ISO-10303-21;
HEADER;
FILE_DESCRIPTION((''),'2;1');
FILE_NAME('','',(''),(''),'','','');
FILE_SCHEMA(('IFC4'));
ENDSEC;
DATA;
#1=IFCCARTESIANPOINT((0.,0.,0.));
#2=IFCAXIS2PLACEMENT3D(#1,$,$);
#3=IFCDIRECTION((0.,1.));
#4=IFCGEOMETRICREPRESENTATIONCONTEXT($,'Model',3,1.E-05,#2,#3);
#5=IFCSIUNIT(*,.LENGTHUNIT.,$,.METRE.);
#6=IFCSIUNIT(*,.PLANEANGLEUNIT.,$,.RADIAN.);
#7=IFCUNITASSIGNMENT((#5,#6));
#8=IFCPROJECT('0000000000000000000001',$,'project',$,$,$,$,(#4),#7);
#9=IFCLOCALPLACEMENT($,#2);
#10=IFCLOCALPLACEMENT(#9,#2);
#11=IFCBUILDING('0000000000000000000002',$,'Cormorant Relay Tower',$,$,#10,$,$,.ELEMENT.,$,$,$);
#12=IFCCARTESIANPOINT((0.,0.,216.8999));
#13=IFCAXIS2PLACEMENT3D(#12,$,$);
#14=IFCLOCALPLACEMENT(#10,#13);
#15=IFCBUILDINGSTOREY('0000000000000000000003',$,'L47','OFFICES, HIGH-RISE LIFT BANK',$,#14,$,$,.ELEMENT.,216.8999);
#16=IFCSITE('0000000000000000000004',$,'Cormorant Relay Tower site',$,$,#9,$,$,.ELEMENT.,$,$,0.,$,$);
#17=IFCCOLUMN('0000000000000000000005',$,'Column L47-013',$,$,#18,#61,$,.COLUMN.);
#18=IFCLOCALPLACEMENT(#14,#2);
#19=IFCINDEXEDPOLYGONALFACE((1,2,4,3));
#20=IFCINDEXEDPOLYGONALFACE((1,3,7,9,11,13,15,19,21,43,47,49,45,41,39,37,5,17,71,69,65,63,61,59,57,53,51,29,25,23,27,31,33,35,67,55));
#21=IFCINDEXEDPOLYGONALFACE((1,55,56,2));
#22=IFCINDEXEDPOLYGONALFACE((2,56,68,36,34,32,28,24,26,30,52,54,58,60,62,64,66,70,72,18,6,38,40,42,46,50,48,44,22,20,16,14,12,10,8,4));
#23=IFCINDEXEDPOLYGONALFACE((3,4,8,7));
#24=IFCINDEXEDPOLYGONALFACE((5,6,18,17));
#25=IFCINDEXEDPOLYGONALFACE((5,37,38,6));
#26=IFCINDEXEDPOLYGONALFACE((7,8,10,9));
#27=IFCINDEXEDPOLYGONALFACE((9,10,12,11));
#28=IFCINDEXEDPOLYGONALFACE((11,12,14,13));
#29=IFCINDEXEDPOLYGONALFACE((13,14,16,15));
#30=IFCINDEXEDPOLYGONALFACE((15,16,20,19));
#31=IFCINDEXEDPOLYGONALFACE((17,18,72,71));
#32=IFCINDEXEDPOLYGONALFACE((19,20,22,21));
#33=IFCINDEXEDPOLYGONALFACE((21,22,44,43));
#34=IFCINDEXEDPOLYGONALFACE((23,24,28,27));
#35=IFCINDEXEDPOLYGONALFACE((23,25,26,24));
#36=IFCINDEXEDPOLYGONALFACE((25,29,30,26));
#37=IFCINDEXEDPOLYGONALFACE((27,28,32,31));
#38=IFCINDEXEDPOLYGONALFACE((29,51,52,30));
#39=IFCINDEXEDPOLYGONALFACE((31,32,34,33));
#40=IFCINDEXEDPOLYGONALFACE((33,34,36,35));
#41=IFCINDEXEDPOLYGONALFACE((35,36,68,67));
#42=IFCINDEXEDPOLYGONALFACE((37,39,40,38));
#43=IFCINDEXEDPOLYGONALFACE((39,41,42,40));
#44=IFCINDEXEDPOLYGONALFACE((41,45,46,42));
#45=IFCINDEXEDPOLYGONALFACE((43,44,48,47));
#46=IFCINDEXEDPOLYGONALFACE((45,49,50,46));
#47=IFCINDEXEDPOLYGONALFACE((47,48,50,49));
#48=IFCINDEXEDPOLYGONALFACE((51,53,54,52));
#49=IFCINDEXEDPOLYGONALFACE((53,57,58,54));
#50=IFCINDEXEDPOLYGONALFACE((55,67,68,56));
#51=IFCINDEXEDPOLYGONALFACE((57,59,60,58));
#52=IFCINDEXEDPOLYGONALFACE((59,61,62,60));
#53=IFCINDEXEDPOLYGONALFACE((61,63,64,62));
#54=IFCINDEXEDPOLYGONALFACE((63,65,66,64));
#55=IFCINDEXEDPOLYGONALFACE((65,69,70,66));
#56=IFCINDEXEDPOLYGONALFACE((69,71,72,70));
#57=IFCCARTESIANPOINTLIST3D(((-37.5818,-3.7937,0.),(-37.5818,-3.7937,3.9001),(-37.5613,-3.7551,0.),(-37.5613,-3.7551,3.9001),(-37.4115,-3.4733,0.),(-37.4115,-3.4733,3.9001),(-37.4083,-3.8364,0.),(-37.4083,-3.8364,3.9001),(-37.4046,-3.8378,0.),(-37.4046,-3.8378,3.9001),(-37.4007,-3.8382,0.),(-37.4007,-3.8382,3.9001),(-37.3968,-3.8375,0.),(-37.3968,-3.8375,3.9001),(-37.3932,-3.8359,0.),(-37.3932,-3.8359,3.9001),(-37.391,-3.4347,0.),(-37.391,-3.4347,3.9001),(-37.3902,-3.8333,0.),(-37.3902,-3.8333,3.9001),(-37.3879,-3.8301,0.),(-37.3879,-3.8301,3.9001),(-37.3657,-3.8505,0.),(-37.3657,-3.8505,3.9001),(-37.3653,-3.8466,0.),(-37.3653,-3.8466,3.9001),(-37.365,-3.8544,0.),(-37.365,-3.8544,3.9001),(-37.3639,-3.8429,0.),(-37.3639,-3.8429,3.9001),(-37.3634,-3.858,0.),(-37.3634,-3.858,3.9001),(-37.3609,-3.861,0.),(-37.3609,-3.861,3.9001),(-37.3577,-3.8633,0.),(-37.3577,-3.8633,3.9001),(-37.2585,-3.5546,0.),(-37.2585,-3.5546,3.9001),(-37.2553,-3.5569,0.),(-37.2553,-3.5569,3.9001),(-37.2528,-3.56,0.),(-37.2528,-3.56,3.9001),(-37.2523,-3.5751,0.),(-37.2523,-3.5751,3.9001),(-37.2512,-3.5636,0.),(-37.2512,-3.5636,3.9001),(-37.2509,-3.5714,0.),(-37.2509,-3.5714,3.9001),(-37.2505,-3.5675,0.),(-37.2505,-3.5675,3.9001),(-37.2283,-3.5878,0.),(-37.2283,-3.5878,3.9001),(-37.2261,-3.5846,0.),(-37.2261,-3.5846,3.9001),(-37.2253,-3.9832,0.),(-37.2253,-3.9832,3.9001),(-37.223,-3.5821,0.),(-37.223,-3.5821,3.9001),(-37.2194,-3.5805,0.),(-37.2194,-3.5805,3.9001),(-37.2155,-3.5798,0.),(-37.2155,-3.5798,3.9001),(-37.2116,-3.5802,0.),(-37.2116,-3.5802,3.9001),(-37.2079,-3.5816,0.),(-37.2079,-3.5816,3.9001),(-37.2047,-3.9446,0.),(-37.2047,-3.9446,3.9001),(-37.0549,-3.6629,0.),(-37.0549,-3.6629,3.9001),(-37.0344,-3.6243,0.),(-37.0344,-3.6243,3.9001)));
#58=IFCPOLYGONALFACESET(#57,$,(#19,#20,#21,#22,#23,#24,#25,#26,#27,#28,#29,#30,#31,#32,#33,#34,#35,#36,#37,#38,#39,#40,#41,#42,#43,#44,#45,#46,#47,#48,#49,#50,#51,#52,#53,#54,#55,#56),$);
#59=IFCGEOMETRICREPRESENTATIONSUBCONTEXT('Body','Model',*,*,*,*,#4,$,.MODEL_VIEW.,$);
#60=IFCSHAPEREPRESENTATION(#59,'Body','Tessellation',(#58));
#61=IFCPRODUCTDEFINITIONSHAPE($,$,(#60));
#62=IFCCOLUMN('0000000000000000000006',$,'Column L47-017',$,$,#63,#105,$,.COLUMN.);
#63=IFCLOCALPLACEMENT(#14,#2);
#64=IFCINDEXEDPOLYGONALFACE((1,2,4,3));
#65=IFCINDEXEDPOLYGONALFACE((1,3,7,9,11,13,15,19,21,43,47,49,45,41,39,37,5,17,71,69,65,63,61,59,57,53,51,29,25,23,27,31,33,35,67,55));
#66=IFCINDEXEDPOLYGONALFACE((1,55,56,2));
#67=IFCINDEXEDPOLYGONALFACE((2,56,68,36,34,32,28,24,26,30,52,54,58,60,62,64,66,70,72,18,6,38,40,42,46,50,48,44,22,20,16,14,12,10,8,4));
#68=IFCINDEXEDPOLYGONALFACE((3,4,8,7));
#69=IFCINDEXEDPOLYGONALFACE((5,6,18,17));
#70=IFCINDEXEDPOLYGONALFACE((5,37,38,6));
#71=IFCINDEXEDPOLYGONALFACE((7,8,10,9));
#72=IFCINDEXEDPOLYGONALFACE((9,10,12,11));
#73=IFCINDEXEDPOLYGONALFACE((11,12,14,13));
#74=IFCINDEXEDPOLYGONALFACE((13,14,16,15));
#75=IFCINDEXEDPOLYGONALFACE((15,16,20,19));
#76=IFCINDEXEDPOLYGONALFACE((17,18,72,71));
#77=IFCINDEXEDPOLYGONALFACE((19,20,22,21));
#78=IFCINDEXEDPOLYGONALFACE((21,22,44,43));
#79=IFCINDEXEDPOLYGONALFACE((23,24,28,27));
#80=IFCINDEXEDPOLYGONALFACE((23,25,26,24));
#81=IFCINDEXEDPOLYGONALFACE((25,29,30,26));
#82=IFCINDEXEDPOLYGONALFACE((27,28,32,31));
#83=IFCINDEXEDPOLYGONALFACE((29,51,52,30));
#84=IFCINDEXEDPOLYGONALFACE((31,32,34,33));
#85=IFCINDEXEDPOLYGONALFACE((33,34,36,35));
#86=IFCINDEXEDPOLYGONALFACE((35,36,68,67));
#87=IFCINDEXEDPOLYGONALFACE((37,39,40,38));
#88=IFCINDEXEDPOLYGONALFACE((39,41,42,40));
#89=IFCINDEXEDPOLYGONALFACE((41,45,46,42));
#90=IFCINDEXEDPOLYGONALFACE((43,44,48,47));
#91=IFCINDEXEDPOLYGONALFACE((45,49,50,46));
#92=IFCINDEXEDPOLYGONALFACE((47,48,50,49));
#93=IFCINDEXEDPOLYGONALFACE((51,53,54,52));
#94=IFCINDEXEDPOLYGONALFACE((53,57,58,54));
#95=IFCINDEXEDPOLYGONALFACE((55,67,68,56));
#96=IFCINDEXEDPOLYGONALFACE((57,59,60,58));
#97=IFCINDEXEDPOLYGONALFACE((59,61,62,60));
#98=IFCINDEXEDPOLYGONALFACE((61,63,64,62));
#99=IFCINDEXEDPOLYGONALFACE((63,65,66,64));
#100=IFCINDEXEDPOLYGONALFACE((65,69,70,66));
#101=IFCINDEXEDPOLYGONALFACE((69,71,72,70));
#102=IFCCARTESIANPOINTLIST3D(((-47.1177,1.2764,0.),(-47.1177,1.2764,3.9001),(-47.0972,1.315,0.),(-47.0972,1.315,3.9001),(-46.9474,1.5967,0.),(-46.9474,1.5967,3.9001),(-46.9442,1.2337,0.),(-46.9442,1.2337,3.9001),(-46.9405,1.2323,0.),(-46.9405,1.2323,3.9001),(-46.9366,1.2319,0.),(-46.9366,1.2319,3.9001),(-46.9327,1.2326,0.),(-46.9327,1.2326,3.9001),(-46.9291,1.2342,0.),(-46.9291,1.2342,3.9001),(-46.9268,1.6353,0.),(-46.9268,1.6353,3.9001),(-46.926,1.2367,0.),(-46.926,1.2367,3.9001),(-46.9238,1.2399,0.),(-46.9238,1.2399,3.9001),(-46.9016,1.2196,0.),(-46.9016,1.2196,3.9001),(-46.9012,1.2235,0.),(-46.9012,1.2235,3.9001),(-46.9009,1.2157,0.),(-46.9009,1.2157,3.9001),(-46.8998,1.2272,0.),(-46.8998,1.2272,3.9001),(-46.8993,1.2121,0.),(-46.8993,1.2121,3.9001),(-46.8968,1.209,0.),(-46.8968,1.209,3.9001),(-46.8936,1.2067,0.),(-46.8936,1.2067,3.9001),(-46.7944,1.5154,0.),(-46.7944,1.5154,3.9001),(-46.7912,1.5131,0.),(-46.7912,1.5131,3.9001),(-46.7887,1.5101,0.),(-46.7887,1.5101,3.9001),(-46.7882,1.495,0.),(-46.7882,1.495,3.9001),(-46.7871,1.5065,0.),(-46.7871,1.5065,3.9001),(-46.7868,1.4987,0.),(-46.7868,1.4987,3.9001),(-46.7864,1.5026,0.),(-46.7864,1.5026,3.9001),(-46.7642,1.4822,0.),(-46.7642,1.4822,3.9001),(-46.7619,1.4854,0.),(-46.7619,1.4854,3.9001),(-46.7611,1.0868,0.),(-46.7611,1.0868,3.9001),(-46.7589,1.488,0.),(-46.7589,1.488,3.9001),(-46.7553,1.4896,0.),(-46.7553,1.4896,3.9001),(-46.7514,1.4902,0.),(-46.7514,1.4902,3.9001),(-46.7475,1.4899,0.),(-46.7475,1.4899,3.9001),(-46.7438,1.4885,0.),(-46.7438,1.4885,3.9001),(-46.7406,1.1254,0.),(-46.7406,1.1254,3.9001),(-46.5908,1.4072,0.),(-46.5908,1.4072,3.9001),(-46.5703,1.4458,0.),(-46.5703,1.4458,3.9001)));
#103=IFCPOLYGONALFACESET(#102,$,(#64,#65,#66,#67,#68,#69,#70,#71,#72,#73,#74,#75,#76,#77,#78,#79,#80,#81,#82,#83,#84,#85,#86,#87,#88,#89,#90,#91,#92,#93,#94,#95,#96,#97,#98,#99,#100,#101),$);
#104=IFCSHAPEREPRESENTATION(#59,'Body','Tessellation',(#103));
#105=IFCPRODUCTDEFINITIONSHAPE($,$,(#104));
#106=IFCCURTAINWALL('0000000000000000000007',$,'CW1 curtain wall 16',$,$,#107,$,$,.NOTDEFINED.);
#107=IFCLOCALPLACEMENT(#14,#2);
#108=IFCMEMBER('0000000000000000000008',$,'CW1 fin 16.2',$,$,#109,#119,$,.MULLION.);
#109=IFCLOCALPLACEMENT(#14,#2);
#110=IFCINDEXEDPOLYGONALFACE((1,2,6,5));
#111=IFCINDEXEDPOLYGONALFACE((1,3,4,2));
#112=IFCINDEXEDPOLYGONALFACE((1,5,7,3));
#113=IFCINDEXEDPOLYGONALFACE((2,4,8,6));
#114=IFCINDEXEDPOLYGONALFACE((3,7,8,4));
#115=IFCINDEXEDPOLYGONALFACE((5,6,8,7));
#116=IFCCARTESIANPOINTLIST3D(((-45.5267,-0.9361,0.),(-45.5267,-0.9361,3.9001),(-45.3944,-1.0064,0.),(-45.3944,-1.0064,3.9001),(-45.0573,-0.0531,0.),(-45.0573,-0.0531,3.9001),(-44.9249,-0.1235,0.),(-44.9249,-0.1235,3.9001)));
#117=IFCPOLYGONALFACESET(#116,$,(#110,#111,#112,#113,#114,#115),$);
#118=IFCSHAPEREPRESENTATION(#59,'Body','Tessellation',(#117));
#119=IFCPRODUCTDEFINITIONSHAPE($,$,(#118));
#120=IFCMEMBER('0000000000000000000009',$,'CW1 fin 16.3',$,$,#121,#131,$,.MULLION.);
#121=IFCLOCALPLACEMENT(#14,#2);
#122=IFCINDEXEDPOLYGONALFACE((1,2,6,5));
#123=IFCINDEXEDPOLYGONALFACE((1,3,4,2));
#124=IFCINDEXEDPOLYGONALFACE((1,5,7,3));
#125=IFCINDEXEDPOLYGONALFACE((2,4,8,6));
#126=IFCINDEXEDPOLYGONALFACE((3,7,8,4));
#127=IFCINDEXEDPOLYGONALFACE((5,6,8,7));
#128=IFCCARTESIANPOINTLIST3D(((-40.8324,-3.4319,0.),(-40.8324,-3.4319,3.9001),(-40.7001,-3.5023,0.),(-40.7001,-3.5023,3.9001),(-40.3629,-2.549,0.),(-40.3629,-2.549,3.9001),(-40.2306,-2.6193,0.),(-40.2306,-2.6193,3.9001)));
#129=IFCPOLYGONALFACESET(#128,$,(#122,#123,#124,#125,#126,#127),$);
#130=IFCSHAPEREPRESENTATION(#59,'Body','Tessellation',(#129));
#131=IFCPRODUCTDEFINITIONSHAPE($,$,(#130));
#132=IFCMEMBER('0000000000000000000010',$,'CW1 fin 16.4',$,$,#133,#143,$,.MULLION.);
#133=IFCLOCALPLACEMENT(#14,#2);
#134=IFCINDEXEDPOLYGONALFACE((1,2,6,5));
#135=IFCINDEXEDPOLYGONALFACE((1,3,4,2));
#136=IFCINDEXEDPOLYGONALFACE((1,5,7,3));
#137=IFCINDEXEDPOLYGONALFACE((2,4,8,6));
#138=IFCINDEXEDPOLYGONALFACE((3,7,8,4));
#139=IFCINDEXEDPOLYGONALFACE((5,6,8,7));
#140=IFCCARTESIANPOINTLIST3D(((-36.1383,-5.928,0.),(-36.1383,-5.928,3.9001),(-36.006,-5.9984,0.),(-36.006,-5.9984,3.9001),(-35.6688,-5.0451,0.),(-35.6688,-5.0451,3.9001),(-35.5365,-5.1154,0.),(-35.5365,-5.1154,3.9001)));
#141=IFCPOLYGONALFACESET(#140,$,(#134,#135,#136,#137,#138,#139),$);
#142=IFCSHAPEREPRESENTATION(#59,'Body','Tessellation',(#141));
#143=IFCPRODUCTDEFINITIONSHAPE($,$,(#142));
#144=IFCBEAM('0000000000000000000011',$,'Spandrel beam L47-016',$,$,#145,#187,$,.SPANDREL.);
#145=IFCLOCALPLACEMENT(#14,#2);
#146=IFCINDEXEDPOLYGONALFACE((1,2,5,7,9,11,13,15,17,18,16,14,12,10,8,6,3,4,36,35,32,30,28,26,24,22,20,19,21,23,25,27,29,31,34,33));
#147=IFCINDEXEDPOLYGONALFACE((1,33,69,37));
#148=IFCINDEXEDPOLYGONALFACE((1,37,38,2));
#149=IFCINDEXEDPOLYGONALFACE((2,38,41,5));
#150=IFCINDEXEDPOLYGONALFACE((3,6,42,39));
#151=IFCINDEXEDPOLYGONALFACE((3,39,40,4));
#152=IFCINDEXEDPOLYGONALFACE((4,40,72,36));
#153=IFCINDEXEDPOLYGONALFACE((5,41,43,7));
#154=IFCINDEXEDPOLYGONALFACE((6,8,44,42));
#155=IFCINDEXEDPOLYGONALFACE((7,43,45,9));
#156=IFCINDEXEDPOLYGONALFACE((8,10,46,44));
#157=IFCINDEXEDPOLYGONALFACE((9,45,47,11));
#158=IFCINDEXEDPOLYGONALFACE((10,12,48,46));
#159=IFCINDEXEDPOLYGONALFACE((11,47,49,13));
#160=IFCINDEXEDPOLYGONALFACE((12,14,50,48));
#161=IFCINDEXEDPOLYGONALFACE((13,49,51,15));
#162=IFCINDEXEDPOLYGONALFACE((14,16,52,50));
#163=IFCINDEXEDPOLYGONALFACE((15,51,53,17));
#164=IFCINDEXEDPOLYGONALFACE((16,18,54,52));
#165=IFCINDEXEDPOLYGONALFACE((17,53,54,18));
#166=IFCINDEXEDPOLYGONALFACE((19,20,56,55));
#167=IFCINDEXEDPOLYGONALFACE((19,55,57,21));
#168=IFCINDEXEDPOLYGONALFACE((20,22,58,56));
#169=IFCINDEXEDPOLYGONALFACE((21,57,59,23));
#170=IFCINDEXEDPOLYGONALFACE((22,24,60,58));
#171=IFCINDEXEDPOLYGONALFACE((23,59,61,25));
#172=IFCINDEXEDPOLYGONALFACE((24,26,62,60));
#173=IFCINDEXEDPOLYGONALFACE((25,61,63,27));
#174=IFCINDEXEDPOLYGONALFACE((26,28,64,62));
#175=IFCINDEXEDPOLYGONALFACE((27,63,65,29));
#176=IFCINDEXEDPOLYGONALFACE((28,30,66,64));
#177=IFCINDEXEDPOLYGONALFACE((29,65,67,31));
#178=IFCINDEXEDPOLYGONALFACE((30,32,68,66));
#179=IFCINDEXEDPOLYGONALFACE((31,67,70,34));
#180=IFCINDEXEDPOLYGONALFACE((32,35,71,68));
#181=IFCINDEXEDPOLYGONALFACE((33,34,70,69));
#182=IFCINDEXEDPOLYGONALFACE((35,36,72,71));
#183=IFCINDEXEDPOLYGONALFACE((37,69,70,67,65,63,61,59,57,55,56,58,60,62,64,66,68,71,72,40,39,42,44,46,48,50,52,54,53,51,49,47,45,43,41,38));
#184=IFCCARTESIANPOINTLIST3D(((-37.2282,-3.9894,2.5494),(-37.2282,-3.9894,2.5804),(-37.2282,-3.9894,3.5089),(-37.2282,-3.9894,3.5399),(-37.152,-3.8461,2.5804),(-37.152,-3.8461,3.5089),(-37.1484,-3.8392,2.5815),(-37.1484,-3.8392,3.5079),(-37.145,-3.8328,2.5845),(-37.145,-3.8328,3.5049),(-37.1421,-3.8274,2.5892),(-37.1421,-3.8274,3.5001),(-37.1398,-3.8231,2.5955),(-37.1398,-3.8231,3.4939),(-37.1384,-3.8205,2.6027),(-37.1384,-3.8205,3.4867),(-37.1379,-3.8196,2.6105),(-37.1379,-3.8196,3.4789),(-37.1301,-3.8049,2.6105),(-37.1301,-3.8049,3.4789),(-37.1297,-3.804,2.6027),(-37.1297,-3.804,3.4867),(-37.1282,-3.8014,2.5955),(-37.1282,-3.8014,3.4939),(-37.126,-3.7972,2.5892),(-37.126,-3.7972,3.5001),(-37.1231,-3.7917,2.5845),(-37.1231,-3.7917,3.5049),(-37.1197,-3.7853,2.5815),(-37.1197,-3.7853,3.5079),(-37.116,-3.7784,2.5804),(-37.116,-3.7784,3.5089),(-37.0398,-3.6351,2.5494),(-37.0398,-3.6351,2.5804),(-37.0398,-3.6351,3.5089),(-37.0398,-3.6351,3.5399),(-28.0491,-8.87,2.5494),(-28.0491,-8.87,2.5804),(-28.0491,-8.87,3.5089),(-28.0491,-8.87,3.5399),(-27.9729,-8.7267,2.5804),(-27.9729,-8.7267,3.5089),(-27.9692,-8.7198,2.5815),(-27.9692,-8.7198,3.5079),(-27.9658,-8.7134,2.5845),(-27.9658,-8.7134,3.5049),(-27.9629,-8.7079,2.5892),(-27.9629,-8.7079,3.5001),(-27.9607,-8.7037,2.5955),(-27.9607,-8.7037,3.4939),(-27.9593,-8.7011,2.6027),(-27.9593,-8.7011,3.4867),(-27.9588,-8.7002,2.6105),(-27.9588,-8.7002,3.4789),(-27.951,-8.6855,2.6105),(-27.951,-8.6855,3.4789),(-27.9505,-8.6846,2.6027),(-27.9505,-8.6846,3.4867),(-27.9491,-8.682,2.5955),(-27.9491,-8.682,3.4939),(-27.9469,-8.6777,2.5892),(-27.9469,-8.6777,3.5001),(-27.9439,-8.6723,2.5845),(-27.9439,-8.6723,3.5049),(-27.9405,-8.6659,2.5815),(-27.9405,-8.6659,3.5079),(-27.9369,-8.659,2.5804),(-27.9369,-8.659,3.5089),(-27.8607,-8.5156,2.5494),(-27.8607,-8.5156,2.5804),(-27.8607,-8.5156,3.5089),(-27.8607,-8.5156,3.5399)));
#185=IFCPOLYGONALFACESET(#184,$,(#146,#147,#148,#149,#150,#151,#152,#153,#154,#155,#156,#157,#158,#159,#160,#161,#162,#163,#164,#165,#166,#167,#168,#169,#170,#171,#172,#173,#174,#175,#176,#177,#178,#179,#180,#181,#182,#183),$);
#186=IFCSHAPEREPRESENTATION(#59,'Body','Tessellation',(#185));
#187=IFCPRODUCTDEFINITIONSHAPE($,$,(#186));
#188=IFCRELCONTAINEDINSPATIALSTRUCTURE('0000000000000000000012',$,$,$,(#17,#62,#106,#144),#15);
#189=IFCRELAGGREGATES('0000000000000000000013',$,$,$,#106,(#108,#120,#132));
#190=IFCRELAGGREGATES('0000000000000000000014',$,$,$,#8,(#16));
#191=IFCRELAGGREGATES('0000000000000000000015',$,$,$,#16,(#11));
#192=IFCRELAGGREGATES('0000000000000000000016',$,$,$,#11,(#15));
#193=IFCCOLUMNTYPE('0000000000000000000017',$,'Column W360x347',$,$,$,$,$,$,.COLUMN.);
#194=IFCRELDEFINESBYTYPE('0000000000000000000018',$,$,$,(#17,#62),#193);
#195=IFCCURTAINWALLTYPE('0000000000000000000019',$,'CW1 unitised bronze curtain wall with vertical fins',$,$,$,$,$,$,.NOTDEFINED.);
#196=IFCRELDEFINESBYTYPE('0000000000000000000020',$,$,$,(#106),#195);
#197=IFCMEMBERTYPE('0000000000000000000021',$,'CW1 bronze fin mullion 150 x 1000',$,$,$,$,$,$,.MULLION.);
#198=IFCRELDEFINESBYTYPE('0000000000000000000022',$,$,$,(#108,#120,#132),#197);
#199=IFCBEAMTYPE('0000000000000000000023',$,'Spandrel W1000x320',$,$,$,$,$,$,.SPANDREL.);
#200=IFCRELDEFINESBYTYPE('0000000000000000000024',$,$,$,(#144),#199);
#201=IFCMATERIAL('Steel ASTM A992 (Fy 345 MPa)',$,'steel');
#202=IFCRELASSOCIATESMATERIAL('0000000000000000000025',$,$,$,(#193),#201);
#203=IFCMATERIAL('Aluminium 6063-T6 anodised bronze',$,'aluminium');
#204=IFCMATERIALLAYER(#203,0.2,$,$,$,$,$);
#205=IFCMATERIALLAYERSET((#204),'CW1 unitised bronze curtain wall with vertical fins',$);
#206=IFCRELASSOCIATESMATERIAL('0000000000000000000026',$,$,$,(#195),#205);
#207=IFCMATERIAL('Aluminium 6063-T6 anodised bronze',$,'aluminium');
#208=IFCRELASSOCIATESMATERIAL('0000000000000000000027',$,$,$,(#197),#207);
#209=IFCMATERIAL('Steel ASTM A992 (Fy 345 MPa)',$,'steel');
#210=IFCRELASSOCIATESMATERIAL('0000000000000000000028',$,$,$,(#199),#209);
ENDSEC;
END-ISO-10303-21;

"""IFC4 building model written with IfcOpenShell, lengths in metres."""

from ifc_helpers import new_model, si_unit, direction, frame, origin, origin_2d, place, context, subcontext, project, spatial, rectangle, i_section, extrude, material, layer, layer_set, material_profile, profile_set, type_object, element, aggregate, save


model = new_model("IFC4")

# Units and contexts
model_context = context("Model", 3, precision=1e-05, world=origin(), true_north=direction((0.0, 1.0)))
body_context = subcontext(model_context, "Body", "Model", "MODEL_VIEW")
ifc_project = project(units=[si_unit("LENGTHUNIT", "METRE"), si_unit("PLANEANGLEUNIT", "RADIAN")], contexts=[model_context])

# Site, building, storey
site_placement = place(None, origin())
site = spatial("IfcSite", under=ifc_project, at=site_placement, Name="Cormorant Relay Tower site", CompositionType="ELEMENT", RefElevation=0.0)
building_placement = place(site_placement, origin())
building = spatial("IfcBuilding", under=site, at=building_placement, Name="Cormorant Relay Tower", CompositionType="ELEMENT")
storey_placement = place(building_placement, frame((0.0, 0.0, 216.8999)))
storey = spatial("IfcBuildingStorey", under=building, at=storey_placement, Name="L47", Description="OFFICES, HIGH-RISE LIFT BANK", CompositionType="ELEMENT", Elevation=216.8999)

# Columns
ifc_material_1 = material(Name="Steel ASTM A992 (Fy 345 MPa)", Category="steel")
ifc_material_profile_1 = material_profile(ifc_material_1, i_section(OverallWidth=0.4038, OverallDepth=0.4065, WebThickness=0.0271, FlangeThickness=0.0437, FilletRadius=0.0151, at=origin_2d()), Name="W360x347")
ifc_profile_set_1 = profile_set([ifc_material_profile_1], Name="Steel ASTM A992 (Fy 345 MPa)")
column_type = type_object("IfcColumnType", Name="Column W360x347", PredefinedType="COLUMN", material=ifc_profile_set_1)
for number, where, z_axis, x_axis, name in (
    (1, (-37.3081, -3.709, 0.0), (0.0, 0.0, 1.0), (0.882948, -0.469472, 0.0), "Column L47-013"),
    (2, (-46.844, 1.3611, 0.0), (0.0, 0.0, 1.0), (0.882948, -0.469472, 0.0), "Column L47-017"),
):
    element("IfcColumn", number, at=place(storey_placement, frame(where, z_axis=z_axis, x_axis=x_axis)), inside=storey, type_object=column_type, Name=name, PredefinedType="COLUMN", context=body_context, shape_type="SweptSolid", body=[
        extrude(i_section(OverallWidth=0.4038, OverallDepth=0.4065, WebThickness=0.0271, FlangeThickness=0.0437, FilletRadius=0.0151, at=origin_2d()), origin(), (0.0, 0.0, 1.0), 3.9001),
    ])

# Curtain wall, members
ifc_material_2 = material(Name="Aluminium 6063-T6 anodised bronze", Category="aluminium")
ifc_layer_1 = layer(ifc_material_2, 0.2)
ifc_layer_set_1 = layer_set([ifc_layer_1], Name="CW1 unitised bronze curtain wall with vertical fins")
curtain_wall_type = type_object("IfcCurtainWallType", Name="CW1 unitised bronze curtain wall with vertical fins", PredefinedType="NOTDEFINED", material=ifc_layer_set_1)
curtain_wall_placement = place(storey_placement, origin())
curtain_wall = element("IfcCurtainWall", 3, at=curtain_wall_placement, inside=storey, type_object=curtain_wall_type, Name="CW1 curtain wall 16", PredefinedType="NOTDEFINED")
ifc_material_3 = material(Name="Aluminium 6063-T6 anodised bronze", Category="aluminium")
ifc_material_profile_2 = material_profile(ifc_material_3, rectangle(XDim=0.1499, YDim=1.0, at=origin_2d()), Name="AL 150x1000")
ifc_profile_set_2 = profile_set([ifc_material_profile_2], Name="Aluminium 6063-T6 anodised bronze")
member_type = type_object("IfcMemberType", Name="CW1 bronze fin mullion 150 x 1000", PredefinedType="MULLION", material=ifc_profile_set_2)
member_1_placement = place(storey_placement, frame((-45.2258, -0.5298, 0.0), z_axis=(0.0, 0.0, 1.0), x_axis=(0.882948, -0.469472, 0.0)))
member_1 = element("IfcMember", 4, at=member_1_placement, type_object=member_type, Name="CW1 fin 16.2", PredefinedType="MULLION", context=body_context, shape_type="SweptSolid", body=[
    extrude(rectangle(XDim=0.1499, YDim=1.0, at=origin_2d()), origin(), (0.0, 0.0, 1.0), 3.9001),
])
member_2_placement = place(storey_placement, frame((-40.5315, -3.0256, 0.0), z_axis=(0.0, 0.0, 1.0), x_axis=(0.882948, -0.469472, 0.0)))
member_2 = element("IfcMember", 5, at=member_2_placement, type_object=member_type, Name="CW1 fin 16.3", PredefinedType="MULLION", context=body_context, shape_type="SweptSolid", body=[
    extrude(rectangle(XDim=0.1499, YDim=1.0, at=origin_2d()), origin(), (0.0, 0.0, 1.0), 3.9001),
])
member_3_placement = place(storey_placement, frame((-35.8374, -5.5217, 0.0), z_axis=(0.0, 0.0, 1.0), x_axis=(0.882948, -0.469472, 0.0)))
member_3 = element("IfcMember", 6, at=member_3_placement, type_object=member_type, Name="CW1 fin 16.4", PredefinedType="MULLION", context=body_context, shape_type="SweptSolid", body=[
    extrude(rectangle(XDim=0.1499, YDim=1.0, at=origin_2d()), origin(), (0.0, 0.0, 1.0), 3.9001),
])

# Beam
ifc_material_4 = material(Name="Steel ASTM A992 (Fy 345 MPa)", Category="steel")
ifc_material_profile_3 = material_profile(ifc_material_4, i_section(OverallWidth=0.4014, OverallDepth=0.9905, WebThickness=0.0166, FlangeThickness=0.031, FilletRadius=0.03, at=origin_2d()), Name="W1000x320")
ifc_profile_set_3 = profile_set([ifc_material_profile_3], Name="Steel ASTM A992 (Fy 345 MPa)")
beam_type_1 = type_object("IfcBeamType", Name="Spandrel W1000x320", PredefinedType="SPANDREL", material=ifc_profile_set_3)
beam_1_placement = place(storey_placement, frame((-37.134, -3.8123, 3.0447), z_axis=(0.88295, -0.469468, 0.0), x_axis=(0.469468, 0.88295, 0.0)))
element("IfcBeam", 7, at=beam_1_placement, inside=storey, type_object=beam_type_1, Name="Spandrel beam L47-016", PredefinedType="SPANDREL", context=body_context, shape_type="SweptSolid", body=[
    extrude(i_section(OverallWidth=0.4014, OverallDepth=0.9905, WebThickness=0.0166, FlangeThickness=0.031, FilletRadius=0.03, at=origin_2d()), origin(), (0.0, 0.0, 1.0), 10.396),
])

aggregate(curtain_wall, [member_1, member_2, member_3])

save(model, "model.ifc")
